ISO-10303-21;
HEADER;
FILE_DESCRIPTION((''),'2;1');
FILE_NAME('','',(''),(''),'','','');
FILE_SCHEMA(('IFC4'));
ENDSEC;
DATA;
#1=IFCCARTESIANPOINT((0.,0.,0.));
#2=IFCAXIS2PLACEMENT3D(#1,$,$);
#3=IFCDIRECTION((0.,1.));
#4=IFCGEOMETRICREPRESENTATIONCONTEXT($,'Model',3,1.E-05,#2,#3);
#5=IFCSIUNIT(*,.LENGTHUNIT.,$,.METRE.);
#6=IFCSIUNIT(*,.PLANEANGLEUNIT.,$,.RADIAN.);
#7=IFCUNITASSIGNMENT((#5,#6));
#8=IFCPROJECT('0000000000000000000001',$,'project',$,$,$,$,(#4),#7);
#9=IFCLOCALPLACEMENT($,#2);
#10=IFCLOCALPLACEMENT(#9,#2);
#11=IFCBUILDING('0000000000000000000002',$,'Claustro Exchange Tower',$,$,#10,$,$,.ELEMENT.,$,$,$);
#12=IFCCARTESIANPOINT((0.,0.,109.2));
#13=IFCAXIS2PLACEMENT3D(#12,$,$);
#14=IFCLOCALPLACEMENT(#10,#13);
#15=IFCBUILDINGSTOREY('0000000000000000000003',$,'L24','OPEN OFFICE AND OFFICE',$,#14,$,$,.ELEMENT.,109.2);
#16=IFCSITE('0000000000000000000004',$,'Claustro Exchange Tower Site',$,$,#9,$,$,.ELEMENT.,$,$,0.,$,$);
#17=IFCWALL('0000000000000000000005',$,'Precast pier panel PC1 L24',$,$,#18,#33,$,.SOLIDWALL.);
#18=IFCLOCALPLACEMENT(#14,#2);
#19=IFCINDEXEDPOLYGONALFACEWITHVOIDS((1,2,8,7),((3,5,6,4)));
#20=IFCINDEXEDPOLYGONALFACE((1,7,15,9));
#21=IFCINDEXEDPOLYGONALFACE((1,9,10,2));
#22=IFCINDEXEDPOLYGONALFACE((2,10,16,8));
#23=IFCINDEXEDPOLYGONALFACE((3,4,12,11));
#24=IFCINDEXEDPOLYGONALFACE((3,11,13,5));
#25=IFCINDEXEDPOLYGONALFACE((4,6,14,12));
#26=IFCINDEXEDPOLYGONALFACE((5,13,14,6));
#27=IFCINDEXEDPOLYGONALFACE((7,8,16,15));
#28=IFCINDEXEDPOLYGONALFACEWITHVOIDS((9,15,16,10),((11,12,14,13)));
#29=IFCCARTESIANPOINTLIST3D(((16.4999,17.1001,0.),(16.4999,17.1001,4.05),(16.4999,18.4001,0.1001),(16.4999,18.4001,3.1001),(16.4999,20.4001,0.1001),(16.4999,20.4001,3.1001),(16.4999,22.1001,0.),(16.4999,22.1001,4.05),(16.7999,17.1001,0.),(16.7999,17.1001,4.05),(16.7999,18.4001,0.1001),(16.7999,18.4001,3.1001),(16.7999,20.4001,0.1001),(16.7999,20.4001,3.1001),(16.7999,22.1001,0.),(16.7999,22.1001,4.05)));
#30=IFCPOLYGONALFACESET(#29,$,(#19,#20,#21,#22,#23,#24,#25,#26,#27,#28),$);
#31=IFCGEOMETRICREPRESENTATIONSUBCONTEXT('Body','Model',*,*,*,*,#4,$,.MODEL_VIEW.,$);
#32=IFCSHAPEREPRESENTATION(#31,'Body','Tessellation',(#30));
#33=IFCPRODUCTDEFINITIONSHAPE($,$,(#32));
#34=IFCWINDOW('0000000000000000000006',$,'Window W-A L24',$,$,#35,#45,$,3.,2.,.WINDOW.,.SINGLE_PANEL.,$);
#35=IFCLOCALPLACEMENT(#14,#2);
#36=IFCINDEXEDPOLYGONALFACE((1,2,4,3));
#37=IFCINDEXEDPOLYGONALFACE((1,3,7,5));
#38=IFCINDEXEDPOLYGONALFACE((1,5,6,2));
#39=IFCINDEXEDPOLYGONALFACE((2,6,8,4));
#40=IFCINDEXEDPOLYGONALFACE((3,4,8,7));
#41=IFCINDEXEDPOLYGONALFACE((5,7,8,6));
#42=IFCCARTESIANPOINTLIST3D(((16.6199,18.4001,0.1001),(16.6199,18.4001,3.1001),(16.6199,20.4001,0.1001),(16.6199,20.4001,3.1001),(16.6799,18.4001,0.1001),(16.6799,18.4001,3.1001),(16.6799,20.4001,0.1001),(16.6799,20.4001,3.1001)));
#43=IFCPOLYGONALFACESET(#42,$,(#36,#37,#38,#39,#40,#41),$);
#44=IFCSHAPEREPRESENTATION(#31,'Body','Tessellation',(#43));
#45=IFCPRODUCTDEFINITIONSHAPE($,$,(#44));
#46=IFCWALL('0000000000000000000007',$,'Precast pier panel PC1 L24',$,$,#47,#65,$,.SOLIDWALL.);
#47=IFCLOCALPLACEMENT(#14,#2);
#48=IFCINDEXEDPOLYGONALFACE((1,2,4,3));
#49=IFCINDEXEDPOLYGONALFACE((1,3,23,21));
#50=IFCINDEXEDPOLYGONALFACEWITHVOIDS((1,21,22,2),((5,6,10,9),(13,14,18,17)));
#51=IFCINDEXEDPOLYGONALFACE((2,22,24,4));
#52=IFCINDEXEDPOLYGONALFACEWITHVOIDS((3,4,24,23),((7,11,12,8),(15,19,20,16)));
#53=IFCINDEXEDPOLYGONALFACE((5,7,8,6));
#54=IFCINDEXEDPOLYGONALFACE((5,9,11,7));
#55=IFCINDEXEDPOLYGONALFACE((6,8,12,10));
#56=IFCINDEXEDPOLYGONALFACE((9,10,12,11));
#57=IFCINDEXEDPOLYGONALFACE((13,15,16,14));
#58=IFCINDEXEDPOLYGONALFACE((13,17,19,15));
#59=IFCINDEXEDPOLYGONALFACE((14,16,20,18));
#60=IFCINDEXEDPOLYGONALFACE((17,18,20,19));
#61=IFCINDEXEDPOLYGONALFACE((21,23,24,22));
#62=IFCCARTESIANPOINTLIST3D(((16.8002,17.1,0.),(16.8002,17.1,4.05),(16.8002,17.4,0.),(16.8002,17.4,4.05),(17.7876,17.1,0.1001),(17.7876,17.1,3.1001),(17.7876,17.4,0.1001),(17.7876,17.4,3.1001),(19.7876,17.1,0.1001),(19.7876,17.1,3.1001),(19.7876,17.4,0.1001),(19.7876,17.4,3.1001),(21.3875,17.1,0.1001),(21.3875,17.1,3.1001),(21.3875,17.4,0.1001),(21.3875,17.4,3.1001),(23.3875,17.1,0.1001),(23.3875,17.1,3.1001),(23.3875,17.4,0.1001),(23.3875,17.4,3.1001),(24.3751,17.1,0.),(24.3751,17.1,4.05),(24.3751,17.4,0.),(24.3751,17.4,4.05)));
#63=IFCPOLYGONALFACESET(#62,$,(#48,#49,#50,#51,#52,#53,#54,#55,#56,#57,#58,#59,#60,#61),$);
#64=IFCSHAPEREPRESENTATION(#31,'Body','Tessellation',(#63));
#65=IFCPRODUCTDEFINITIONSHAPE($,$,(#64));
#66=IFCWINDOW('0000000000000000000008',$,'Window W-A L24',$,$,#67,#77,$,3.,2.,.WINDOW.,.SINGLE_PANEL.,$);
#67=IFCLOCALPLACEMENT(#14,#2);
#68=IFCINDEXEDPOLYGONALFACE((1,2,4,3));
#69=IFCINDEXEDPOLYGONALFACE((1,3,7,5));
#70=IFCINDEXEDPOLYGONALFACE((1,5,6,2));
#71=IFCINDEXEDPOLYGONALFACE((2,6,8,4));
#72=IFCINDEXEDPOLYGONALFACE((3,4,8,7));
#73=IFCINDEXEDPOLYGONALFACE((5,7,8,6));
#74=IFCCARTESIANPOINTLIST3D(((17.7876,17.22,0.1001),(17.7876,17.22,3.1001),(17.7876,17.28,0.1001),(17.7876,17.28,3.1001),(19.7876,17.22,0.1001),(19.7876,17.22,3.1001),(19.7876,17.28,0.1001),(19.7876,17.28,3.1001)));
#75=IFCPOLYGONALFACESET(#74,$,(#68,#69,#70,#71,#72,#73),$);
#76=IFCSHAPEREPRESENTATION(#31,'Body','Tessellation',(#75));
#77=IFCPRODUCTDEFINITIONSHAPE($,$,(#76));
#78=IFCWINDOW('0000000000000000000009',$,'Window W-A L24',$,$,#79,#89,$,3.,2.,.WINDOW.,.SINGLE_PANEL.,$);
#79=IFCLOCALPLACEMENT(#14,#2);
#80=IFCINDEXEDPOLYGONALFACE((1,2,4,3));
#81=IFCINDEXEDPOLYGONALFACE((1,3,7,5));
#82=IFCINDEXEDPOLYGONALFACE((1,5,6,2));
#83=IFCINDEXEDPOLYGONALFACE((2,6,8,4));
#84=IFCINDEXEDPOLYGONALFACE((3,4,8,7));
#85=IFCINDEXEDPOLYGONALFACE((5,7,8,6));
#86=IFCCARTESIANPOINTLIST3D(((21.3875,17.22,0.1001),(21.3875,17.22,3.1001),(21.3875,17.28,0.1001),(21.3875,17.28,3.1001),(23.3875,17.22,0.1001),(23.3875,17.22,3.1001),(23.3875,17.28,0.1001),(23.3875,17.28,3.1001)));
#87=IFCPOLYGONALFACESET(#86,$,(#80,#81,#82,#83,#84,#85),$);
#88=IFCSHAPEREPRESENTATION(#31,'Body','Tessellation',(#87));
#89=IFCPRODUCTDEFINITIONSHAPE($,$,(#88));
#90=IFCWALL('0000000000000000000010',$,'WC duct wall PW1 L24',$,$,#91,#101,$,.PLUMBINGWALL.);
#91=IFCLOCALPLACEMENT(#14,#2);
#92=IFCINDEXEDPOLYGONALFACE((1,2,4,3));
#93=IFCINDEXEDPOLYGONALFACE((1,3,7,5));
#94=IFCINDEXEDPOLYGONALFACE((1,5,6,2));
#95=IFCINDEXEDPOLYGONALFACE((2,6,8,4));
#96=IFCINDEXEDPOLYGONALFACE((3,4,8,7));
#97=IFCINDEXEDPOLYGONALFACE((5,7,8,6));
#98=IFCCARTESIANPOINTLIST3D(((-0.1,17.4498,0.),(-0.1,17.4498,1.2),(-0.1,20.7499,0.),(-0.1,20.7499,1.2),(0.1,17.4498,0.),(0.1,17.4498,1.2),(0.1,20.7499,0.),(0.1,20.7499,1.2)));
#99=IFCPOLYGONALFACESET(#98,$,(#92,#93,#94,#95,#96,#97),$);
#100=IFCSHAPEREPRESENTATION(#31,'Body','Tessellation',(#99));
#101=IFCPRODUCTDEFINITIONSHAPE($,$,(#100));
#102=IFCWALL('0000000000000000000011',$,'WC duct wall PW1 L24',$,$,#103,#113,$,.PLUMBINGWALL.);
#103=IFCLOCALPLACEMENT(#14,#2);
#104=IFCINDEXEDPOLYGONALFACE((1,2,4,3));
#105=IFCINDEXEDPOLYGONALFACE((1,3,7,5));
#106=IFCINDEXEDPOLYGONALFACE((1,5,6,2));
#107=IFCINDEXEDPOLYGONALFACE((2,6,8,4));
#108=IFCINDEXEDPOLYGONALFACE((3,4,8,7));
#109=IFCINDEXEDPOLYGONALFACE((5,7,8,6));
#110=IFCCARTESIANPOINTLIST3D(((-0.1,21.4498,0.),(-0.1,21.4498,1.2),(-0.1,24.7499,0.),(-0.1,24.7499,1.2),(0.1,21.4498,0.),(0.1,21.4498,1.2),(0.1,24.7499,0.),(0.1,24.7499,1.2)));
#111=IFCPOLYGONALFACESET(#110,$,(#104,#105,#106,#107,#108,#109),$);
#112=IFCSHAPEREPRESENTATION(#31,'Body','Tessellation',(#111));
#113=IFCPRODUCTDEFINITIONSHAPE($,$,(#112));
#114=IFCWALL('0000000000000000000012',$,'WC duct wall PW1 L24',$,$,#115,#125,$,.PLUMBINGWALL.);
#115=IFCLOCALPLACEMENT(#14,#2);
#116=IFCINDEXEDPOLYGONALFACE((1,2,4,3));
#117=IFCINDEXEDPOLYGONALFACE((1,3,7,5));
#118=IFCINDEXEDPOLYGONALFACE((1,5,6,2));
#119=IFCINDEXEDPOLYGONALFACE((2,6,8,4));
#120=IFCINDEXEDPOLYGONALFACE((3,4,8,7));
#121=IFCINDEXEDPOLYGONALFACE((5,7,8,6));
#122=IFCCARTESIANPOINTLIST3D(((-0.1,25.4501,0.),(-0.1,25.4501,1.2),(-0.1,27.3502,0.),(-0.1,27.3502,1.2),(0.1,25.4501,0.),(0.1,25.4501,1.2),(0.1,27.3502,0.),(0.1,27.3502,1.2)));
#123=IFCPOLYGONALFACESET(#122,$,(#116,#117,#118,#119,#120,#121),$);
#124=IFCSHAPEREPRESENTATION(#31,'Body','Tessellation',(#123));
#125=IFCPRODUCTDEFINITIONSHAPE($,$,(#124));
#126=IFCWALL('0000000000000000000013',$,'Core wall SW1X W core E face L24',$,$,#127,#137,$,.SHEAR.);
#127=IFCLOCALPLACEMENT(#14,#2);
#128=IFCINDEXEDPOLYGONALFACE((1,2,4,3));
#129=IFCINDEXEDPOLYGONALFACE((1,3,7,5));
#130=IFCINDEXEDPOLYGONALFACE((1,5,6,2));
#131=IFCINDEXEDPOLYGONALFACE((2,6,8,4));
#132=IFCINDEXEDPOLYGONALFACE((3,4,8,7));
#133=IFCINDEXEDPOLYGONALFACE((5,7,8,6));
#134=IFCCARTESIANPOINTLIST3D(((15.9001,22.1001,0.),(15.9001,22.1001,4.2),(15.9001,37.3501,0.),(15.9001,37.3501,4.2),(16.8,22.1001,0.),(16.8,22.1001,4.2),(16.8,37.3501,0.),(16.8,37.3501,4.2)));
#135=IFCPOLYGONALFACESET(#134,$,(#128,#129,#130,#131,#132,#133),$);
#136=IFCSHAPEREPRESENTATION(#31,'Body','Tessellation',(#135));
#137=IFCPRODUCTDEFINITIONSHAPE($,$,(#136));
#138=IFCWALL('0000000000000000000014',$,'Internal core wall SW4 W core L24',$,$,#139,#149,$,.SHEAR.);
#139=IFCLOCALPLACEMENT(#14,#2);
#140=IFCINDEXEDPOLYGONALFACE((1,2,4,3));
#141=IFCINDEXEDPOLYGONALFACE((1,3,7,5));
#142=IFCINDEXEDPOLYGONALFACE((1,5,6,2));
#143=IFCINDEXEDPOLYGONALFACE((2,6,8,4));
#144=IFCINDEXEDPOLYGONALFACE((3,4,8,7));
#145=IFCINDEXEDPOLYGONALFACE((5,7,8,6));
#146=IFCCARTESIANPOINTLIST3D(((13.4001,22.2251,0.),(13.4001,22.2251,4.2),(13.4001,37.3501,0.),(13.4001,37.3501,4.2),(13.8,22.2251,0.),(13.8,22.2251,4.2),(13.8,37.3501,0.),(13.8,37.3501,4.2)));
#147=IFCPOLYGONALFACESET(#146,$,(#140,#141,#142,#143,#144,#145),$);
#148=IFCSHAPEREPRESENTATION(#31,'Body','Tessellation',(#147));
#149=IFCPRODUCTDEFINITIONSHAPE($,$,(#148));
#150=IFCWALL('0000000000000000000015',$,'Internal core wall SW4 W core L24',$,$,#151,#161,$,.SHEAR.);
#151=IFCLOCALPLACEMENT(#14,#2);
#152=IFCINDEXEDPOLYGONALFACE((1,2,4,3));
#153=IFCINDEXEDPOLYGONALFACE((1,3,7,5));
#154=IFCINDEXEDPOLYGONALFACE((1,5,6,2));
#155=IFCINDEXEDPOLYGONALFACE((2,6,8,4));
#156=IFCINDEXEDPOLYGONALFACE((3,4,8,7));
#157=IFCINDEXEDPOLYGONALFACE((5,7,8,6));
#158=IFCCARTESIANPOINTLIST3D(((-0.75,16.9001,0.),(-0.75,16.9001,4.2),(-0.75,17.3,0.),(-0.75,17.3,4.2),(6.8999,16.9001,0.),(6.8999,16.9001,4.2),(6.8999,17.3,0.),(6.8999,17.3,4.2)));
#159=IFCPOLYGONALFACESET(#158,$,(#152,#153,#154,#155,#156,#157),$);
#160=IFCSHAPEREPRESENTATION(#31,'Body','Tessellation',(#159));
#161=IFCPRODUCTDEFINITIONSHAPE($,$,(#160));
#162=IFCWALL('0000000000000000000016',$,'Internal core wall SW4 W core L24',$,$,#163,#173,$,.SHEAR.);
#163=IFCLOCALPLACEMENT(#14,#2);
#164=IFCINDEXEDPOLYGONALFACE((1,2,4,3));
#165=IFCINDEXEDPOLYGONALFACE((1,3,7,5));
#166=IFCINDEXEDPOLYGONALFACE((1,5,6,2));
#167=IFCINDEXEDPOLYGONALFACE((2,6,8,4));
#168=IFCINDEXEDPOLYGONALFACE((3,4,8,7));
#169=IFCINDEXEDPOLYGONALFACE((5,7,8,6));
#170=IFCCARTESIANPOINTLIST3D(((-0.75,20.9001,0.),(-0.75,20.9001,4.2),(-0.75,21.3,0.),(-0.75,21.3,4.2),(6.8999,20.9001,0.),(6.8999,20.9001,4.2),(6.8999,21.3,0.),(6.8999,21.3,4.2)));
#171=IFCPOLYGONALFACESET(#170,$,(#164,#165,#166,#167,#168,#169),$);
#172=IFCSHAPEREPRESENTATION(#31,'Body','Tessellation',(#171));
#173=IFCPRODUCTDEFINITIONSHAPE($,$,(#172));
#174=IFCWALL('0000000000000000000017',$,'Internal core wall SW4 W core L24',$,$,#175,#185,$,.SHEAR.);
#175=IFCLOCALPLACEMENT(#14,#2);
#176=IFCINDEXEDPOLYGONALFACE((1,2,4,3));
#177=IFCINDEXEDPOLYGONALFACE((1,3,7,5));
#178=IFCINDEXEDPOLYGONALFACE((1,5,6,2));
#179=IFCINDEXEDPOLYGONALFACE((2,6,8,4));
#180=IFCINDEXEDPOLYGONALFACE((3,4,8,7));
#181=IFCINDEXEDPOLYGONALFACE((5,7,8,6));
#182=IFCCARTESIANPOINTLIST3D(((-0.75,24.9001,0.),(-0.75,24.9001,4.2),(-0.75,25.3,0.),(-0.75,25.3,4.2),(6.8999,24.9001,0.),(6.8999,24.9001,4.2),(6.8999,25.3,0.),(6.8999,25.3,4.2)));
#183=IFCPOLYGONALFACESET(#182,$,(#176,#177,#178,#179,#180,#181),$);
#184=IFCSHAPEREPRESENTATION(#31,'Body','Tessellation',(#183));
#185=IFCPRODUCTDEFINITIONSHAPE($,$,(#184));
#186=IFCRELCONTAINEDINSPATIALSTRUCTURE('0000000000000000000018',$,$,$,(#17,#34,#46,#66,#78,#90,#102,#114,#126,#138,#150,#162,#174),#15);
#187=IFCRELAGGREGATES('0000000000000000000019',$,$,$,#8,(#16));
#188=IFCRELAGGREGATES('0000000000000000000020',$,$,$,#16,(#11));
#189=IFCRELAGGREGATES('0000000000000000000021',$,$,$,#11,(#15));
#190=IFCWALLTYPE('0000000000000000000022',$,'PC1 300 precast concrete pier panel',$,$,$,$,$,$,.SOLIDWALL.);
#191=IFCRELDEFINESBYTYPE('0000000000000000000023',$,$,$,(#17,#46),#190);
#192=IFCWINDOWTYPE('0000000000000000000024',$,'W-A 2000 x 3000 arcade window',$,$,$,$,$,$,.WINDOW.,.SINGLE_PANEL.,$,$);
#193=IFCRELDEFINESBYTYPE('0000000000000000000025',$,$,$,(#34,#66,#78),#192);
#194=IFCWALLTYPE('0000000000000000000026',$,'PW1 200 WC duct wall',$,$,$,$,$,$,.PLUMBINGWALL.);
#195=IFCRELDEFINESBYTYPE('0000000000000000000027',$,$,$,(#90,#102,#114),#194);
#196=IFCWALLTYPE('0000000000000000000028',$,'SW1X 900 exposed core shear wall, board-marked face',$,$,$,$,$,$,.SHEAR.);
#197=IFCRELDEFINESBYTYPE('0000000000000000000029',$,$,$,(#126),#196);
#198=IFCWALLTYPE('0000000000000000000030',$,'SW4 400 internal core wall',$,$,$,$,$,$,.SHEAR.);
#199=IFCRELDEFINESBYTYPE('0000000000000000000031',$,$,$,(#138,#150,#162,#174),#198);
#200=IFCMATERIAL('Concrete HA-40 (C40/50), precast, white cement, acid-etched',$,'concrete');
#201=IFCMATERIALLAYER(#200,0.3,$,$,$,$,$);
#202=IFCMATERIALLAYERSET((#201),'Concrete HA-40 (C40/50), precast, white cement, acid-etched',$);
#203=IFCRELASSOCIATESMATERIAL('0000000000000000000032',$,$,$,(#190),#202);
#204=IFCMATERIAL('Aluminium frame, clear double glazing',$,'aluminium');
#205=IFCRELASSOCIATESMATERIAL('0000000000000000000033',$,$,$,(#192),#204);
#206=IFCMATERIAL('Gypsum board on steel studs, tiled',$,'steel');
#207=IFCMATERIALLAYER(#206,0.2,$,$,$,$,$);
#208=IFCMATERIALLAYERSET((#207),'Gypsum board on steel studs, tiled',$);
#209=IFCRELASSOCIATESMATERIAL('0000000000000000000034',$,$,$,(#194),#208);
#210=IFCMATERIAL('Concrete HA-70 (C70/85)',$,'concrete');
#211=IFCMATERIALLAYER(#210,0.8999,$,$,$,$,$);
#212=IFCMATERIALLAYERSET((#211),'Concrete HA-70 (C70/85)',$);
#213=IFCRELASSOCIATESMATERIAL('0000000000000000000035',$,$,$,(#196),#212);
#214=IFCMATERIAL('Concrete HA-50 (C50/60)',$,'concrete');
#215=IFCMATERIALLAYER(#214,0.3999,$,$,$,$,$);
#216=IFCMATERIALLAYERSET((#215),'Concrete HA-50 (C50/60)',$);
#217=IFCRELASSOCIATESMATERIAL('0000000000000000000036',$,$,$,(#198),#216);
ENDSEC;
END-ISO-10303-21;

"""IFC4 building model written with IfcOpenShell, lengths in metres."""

from ifc_helpers import new_model, si_unit, direction, frame, frame_2d, origin, place, context, subcontext, project, spatial, rectangle, extrude, material, layer, layer_set, type_object, element, fill, save


model = new_model("IFC4")

# Units and contexts
model_context = context("Model", 3, precision=1e-05, world=origin(), true_north=direction((0.0, 1.0)))
body_context = subcontext(model_context, "Body", "Model", "MODEL_VIEW")
ifc_project = project(units=[si_unit("LENGTHUNIT", "METRE"), si_unit("PLANEANGLEUNIT", "RADIAN")], contexts=[model_context])

# Site, building, storey
site_placement = place(None, origin())
site = spatial("IfcSite", under=ifc_project, at=site_placement, Name="Claustro Exchange Tower Site", CompositionType="ELEMENT", RefElevation=0.0)
building_placement = place(site_placement, origin())
building = spatial("IfcBuilding", under=site, at=building_placement, Name="Claustro Exchange Tower", CompositionType="ELEMENT")
storey_placement = place(building_placement, frame((0.0, 0.0, 109.2)))
storey = spatial("IfcBuildingStorey", under=building, at=storey_placement, Name="L24", Description="OPEN OFFICE AND OFFICE", CompositionType="ELEMENT", Elevation=109.2)

# Wall, opening, window
ifc_material_1 = material(Name="Concrete HA-40 (C40/50), precast, white cement, acid-etched", Category="concrete")
ifc_layer_1 = layer(ifc_material_1, 0.3)
ifc_layer_set_1 = layer_set([ifc_layer_1], Name="Concrete HA-40 (C40/50), precast, white cement, acid-etched")
wall_type_1 = type_object("IfcWallType", Name="PC1 300 precast concrete pier panel", PredefinedType="SOLIDWALL", material=ifc_layer_set_1)
wall_1_placement = place(storey_placement, frame((16.6499, 17.1001, 0.0), z_axis=(0.0, 0.0, 1.0), x_axis=(0.0, 1.0, 0.0)))
wall_1 = element("IfcWall", 1, at=wall_1_placement, inside=storey, type_object=wall_type_1, Name="Precast pier panel PC1 L24", PredefinedType="SOLIDWALL", context=body_context, shape_type="SweptSolid", body=[
    extrude(rectangle(XDim=5.0, YDim=0.3, at=frame_2d((2.5, 0.0))), origin(), (0.0, 0.0, 1.0), 4.05),
])
opening_1_placement = place(wall_1_placement, frame((1.3, 0.0, 0.1001)))
opening_1 = element("IfcOpeningElement", 2, at=opening_1_placement, cuts=wall_1, PredefinedType="OPENING", context=body_context, shape_type="SweptSolid", body=[
    extrude(rectangle(XDim=2.0, YDim=3.0, at=frame_2d((1.0, 1.5))), frame((0.0, 0.1599, 0.0), z_axis=(0.0, -1.0, 0.0), x_axis=(1.0, 0.0, 0.0)), (0.0, 0.0, 1.0), 0.3201),
])
ifc_material_2 = material(Name="Aluminium frame, clear double glazing", Category="aluminium")
window_type = type_object("IfcWindowType", Name="W-A 2000 x 3000 arcade window", PartitioningType="SINGLE_PANEL", PredefinedType="WINDOW", material=ifc_material_2)
window_1_placement = place(opening_1_placement, origin())
window_1 = element("IfcWindow", 3, at=window_1_placement, inside=storey, type_object=window_type, Name="Window W-A L24", OverallHeight=3.0, OverallWidth=2.0, PartitioningType="SINGLE_PANEL", PredefinedType="WINDOW", context=body_context, shape_type="SweptSolid", body=[
    extrude(rectangle(XDim=2.0, YDim=3.0, at=frame_2d((1.0, 1.5))), frame((0.0, 0.03, 0.0), z_axis=(0.0, -1.0, 0.0), x_axis=(1.0, 0.0, 0.0)), (0.0, 0.0, 1.0), 0.0601),
])
fill(opening_1, window_1)

# Wall, openings, windows
wall_2_placement = place(storey_placement, frame((16.8, 17.25, 0.0), z_axis=(0.0, 0.0, 1.0), x_axis=(1.0, 0.0, 0.0)))
wall_2 = element("IfcWall", 4, at=wall_2_placement, inside=storey, type_object=wall_type_1, Name="Precast pier panel PC1 L24", PredefinedType="SOLIDWALL", context=body_context, shape_type="SweptSolid", body=[
    extrude(rectangle(XDim=7.575, YDim=0.3, at=frame_2d((3.7876, 0.0))), origin(), (0.0, 0.0, 1.0), 4.05),
])
opening_2_placement = place(wall_2_placement, frame((0.9875, 0.0, 0.1001)))
opening_2 = element("IfcOpeningElement", 5, at=opening_2_placement, cuts=wall_2, PredefinedType="OPENING", context=body_context, shape_type="SweptSolid", body=[
    extrude(rectangle(XDim=2.0, YDim=3.0, at=frame_2d((1.0, 1.5))), frame((0.0, 0.1599, 0.0), z_axis=(0.0, -1.0, 0.0), x_axis=(1.0, 0.0, 0.0)), (0.0, 0.0, 1.0), 0.3201),
])
opening_3_placement = place(wall_2_placement, frame((4.5874, 0.0, 0.1001)))
opening_3 = element("IfcOpeningElement", 6, at=opening_3_placement, cuts=wall_2, PredefinedType="OPENING", context=body_context, shape_type="SweptSolid", body=[
    extrude(rectangle(XDim=2.0, YDim=3.0, at=frame_2d((1.0, 1.5))), frame((0.0, 0.1599, 0.0), z_axis=(0.0, -1.0, 0.0), x_axis=(1.0, 0.0, 0.0)), (0.0, 0.0, 1.0), 0.3201),
])
window_2_placement = place(opening_2_placement, origin())
window_2 = element("IfcWindow", 7, at=window_2_placement, inside=storey, type_object=window_type, Name="Window W-A L24", OverallHeight=3.0, OverallWidth=2.0, PartitioningType="SINGLE_PANEL", PredefinedType="WINDOW", context=body_context, shape_type="SweptSolid", body=[
    extrude(rectangle(XDim=2.0, YDim=3.0, at=frame_2d((1.0, 1.5))), frame((0.0, 0.03, 0.0), z_axis=(0.0, -1.0, 0.0), x_axis=(1.0, 0.0, 0.0)), (0.0, 0.0, 1.0), 0.0601),
])
fill(opening_2, window_2)
window_3_placement = place(opening_3_placement, origin())
window_3 = element("IfcWindow", 8, at=window_3_placement, inside=storey, type_object=window_type, Name="Window W-A L24", OverallHeight=3.0, OverallWidth=2.0, PartitioningType="SINGLE_PANEL", PredefinedType="WINDOW", context=body_context, shape_type="SweptSolid", body=[
    extrude(rectangle(XDim=2.0, YDim=3.0, at=frame_2d((1.0, 1.5))), frame((0.0, 0.03, 0.0), z_axis=(0.0, -1.0, 0.0), x_axis=(1.0, 0.0, 0.0)), (0.0, 0.0, 1.0), 0.0601),
])
fill(opening_3, window_3)

# Walls
ifc_material_3 = material(Name="Gypsum board on steel studs, tiled", Category="steel")
ifc_layer_2 = layer(ifc_material_3, 0.2)
ifc_layer_set_2 = layer_set([ifc_layer_2], Name="Gypsum board on steel studs, tiled")
wall_type_2 = type_object("IfcWallType", Name="PW1 200 WC duct wall", PredefinedType="PLUMBINGWALL", material=ifc_layer_set_2)
for number, where, z_axis, x_axis, name in (
    (9, (0.0, 17.45, 0.0), (0.0, 0.0, 1.0), (0.0, 1.0, 0.0), "WC duct wall PW1 L24"),
    (10, (0.0, 21.45, 0.0), (0.0, 0.0, 1.0), (0.0, 1.0, 0.0), "WC duct wall PW1 L24"),
):
    element("IfcWall", number, at=place(storey_placement, frame(where, z_axis=z_axis, x_axis=x_axis)), inside=storey, type_object=wall_type_2, Name=name, PredefinedType="PLUMBINGWALL", context=body_context, shape_type="SweptSolid", body=[
        extrude(rectangle(XDim=3.3, YDim=0.2, at=frame_2d((1.6499, 0.0))), origin(), (0.0, 0.0, 1.0), 1.2),
    ])
wall_3_placement = place(storey_placement, frame((0.0, 25.45, 0.0), z_axis=(0.0, 0.0, 1.0), x_axis=(0.0, 1.0, 0.0)))
element("IfcWall", 11, at=wall_3_placement, inside=storey, type_object=wall_type_2, Name="WC duct wall PW1 L24", PredefinedType="PLUMBINGWALL", context=body_context, shape_type="SweptSolid", body=[
    extrude(rectangle(XDim=1.9001, YDim=0.2, at=frame_2d((0.9502, 0.0))), origin(), (0.0, 0.0, 1.0), 1.2),
])
ifc_material_4 = material(Name="Concrete HA-70 (C70/85)", Category="concrete")
ifc_layer_3 = layer(ifc_material_4, 0.8999)
ifc_layer_set_3 = layer_set([ifc_layer_3], Name="Concrete HA-70 (C70/85)")
wall_type_3 = type_object("IfcWallType", Name="SW1X 900 exposed core shear wall, board-marked face", PredefinedType="SHEAR", material=ifc_layer_set_3)
wall_4_placement = place(storey_placement, frame((16.3501, 22.1001, 0.0), z_axis=(0.0, 0.0, 1.0), x_axis=(0.0, 1.0, 0.0)))
element("IfcWall", 12, at=wall_4_placement, inside=storey, type_object=wall_type_3, Name="Core wall SW1X W core E face L24", PredefinedType="SHEAR", context=body_context, shape_type="SweptSolid", body=[
    extrude(rectangle(XDim=15.25, YDim=0.8999, at=frame_2d((7.625, 0.0))), origin(), (0.0, 0.0, 1.0), 4.2),
])
ifc_material_5 = material(Name="Concrete HA-50 (C50/60)", Category="concrete")
ifc_layer_4 = layer(ifc_material_5, 0.3999)
ifc_layer_set_4 = layer_set([ifc_layer_4], Name="Concrete HA-50 (C50/60)")
wall_type_4 = type_object("IfcWallType", Name="SW4 400 internal core wall", PredefinedType="SHEAR", material=ifc_layer_set_4)
wall_5_placement = place(storey_placement, frame((13.6001, 22.2251, 0.0), z_axis=(0.0, 0.0, 1.0), x_axis=(0.0, 1.0, 0.0)))
element("IfcWall", 13, at=wall_5_placement, inside=storey, type_object=wall_type_4, Name="Internal core wall SW4 W core L24", PredefinedType="SHEAR", context=body_context, shape_type="SweptSolid", body=[
    extrude(rectangle(XDim=15.125, YDim=0.3999, at=frame_2d((7.5625, 0.0))), origin(), (0.0, 0.0, 1.0), 4.2),
])
for number, where, z_axis, x_axis, name in (
    (14, (-0.75, 17.1001, 0.0), (0.0, 0.0, 1.0), (1.0, 0.0, 0.0), "Internal core wall SW4 W core L24"),
    (15, (-0.75, 21.1001, 0.0), (0.0, 0.0, 1.0), (1.0, 0.0, 0.0), "Internal core wall SW4 W core L24"),
    (16, (-0.75, 25.1001, 0.0), (0.0, 0.0, 1.0), (1.0, 0.0, 0.0), "Internal core wall SW4 W core L24"),
):
    element("IfcWall", number, at=place(storey_placement, frame(where, z_axis=z_axis, x_axis=x_axis)), inside=storey, type_object=wall_type_4, Name=name, PredefinedType="SHEAR", context=body_context, shape_type="SweptSolid", body=[
        extrude(rectangle(XDim=7.6499, YDim=0.3999, at=frame_2d((3.825, 0.0))), origin(), (0.0, 0.0, 1.0), 4.2),
    ])

save(model, "model.ifc")
